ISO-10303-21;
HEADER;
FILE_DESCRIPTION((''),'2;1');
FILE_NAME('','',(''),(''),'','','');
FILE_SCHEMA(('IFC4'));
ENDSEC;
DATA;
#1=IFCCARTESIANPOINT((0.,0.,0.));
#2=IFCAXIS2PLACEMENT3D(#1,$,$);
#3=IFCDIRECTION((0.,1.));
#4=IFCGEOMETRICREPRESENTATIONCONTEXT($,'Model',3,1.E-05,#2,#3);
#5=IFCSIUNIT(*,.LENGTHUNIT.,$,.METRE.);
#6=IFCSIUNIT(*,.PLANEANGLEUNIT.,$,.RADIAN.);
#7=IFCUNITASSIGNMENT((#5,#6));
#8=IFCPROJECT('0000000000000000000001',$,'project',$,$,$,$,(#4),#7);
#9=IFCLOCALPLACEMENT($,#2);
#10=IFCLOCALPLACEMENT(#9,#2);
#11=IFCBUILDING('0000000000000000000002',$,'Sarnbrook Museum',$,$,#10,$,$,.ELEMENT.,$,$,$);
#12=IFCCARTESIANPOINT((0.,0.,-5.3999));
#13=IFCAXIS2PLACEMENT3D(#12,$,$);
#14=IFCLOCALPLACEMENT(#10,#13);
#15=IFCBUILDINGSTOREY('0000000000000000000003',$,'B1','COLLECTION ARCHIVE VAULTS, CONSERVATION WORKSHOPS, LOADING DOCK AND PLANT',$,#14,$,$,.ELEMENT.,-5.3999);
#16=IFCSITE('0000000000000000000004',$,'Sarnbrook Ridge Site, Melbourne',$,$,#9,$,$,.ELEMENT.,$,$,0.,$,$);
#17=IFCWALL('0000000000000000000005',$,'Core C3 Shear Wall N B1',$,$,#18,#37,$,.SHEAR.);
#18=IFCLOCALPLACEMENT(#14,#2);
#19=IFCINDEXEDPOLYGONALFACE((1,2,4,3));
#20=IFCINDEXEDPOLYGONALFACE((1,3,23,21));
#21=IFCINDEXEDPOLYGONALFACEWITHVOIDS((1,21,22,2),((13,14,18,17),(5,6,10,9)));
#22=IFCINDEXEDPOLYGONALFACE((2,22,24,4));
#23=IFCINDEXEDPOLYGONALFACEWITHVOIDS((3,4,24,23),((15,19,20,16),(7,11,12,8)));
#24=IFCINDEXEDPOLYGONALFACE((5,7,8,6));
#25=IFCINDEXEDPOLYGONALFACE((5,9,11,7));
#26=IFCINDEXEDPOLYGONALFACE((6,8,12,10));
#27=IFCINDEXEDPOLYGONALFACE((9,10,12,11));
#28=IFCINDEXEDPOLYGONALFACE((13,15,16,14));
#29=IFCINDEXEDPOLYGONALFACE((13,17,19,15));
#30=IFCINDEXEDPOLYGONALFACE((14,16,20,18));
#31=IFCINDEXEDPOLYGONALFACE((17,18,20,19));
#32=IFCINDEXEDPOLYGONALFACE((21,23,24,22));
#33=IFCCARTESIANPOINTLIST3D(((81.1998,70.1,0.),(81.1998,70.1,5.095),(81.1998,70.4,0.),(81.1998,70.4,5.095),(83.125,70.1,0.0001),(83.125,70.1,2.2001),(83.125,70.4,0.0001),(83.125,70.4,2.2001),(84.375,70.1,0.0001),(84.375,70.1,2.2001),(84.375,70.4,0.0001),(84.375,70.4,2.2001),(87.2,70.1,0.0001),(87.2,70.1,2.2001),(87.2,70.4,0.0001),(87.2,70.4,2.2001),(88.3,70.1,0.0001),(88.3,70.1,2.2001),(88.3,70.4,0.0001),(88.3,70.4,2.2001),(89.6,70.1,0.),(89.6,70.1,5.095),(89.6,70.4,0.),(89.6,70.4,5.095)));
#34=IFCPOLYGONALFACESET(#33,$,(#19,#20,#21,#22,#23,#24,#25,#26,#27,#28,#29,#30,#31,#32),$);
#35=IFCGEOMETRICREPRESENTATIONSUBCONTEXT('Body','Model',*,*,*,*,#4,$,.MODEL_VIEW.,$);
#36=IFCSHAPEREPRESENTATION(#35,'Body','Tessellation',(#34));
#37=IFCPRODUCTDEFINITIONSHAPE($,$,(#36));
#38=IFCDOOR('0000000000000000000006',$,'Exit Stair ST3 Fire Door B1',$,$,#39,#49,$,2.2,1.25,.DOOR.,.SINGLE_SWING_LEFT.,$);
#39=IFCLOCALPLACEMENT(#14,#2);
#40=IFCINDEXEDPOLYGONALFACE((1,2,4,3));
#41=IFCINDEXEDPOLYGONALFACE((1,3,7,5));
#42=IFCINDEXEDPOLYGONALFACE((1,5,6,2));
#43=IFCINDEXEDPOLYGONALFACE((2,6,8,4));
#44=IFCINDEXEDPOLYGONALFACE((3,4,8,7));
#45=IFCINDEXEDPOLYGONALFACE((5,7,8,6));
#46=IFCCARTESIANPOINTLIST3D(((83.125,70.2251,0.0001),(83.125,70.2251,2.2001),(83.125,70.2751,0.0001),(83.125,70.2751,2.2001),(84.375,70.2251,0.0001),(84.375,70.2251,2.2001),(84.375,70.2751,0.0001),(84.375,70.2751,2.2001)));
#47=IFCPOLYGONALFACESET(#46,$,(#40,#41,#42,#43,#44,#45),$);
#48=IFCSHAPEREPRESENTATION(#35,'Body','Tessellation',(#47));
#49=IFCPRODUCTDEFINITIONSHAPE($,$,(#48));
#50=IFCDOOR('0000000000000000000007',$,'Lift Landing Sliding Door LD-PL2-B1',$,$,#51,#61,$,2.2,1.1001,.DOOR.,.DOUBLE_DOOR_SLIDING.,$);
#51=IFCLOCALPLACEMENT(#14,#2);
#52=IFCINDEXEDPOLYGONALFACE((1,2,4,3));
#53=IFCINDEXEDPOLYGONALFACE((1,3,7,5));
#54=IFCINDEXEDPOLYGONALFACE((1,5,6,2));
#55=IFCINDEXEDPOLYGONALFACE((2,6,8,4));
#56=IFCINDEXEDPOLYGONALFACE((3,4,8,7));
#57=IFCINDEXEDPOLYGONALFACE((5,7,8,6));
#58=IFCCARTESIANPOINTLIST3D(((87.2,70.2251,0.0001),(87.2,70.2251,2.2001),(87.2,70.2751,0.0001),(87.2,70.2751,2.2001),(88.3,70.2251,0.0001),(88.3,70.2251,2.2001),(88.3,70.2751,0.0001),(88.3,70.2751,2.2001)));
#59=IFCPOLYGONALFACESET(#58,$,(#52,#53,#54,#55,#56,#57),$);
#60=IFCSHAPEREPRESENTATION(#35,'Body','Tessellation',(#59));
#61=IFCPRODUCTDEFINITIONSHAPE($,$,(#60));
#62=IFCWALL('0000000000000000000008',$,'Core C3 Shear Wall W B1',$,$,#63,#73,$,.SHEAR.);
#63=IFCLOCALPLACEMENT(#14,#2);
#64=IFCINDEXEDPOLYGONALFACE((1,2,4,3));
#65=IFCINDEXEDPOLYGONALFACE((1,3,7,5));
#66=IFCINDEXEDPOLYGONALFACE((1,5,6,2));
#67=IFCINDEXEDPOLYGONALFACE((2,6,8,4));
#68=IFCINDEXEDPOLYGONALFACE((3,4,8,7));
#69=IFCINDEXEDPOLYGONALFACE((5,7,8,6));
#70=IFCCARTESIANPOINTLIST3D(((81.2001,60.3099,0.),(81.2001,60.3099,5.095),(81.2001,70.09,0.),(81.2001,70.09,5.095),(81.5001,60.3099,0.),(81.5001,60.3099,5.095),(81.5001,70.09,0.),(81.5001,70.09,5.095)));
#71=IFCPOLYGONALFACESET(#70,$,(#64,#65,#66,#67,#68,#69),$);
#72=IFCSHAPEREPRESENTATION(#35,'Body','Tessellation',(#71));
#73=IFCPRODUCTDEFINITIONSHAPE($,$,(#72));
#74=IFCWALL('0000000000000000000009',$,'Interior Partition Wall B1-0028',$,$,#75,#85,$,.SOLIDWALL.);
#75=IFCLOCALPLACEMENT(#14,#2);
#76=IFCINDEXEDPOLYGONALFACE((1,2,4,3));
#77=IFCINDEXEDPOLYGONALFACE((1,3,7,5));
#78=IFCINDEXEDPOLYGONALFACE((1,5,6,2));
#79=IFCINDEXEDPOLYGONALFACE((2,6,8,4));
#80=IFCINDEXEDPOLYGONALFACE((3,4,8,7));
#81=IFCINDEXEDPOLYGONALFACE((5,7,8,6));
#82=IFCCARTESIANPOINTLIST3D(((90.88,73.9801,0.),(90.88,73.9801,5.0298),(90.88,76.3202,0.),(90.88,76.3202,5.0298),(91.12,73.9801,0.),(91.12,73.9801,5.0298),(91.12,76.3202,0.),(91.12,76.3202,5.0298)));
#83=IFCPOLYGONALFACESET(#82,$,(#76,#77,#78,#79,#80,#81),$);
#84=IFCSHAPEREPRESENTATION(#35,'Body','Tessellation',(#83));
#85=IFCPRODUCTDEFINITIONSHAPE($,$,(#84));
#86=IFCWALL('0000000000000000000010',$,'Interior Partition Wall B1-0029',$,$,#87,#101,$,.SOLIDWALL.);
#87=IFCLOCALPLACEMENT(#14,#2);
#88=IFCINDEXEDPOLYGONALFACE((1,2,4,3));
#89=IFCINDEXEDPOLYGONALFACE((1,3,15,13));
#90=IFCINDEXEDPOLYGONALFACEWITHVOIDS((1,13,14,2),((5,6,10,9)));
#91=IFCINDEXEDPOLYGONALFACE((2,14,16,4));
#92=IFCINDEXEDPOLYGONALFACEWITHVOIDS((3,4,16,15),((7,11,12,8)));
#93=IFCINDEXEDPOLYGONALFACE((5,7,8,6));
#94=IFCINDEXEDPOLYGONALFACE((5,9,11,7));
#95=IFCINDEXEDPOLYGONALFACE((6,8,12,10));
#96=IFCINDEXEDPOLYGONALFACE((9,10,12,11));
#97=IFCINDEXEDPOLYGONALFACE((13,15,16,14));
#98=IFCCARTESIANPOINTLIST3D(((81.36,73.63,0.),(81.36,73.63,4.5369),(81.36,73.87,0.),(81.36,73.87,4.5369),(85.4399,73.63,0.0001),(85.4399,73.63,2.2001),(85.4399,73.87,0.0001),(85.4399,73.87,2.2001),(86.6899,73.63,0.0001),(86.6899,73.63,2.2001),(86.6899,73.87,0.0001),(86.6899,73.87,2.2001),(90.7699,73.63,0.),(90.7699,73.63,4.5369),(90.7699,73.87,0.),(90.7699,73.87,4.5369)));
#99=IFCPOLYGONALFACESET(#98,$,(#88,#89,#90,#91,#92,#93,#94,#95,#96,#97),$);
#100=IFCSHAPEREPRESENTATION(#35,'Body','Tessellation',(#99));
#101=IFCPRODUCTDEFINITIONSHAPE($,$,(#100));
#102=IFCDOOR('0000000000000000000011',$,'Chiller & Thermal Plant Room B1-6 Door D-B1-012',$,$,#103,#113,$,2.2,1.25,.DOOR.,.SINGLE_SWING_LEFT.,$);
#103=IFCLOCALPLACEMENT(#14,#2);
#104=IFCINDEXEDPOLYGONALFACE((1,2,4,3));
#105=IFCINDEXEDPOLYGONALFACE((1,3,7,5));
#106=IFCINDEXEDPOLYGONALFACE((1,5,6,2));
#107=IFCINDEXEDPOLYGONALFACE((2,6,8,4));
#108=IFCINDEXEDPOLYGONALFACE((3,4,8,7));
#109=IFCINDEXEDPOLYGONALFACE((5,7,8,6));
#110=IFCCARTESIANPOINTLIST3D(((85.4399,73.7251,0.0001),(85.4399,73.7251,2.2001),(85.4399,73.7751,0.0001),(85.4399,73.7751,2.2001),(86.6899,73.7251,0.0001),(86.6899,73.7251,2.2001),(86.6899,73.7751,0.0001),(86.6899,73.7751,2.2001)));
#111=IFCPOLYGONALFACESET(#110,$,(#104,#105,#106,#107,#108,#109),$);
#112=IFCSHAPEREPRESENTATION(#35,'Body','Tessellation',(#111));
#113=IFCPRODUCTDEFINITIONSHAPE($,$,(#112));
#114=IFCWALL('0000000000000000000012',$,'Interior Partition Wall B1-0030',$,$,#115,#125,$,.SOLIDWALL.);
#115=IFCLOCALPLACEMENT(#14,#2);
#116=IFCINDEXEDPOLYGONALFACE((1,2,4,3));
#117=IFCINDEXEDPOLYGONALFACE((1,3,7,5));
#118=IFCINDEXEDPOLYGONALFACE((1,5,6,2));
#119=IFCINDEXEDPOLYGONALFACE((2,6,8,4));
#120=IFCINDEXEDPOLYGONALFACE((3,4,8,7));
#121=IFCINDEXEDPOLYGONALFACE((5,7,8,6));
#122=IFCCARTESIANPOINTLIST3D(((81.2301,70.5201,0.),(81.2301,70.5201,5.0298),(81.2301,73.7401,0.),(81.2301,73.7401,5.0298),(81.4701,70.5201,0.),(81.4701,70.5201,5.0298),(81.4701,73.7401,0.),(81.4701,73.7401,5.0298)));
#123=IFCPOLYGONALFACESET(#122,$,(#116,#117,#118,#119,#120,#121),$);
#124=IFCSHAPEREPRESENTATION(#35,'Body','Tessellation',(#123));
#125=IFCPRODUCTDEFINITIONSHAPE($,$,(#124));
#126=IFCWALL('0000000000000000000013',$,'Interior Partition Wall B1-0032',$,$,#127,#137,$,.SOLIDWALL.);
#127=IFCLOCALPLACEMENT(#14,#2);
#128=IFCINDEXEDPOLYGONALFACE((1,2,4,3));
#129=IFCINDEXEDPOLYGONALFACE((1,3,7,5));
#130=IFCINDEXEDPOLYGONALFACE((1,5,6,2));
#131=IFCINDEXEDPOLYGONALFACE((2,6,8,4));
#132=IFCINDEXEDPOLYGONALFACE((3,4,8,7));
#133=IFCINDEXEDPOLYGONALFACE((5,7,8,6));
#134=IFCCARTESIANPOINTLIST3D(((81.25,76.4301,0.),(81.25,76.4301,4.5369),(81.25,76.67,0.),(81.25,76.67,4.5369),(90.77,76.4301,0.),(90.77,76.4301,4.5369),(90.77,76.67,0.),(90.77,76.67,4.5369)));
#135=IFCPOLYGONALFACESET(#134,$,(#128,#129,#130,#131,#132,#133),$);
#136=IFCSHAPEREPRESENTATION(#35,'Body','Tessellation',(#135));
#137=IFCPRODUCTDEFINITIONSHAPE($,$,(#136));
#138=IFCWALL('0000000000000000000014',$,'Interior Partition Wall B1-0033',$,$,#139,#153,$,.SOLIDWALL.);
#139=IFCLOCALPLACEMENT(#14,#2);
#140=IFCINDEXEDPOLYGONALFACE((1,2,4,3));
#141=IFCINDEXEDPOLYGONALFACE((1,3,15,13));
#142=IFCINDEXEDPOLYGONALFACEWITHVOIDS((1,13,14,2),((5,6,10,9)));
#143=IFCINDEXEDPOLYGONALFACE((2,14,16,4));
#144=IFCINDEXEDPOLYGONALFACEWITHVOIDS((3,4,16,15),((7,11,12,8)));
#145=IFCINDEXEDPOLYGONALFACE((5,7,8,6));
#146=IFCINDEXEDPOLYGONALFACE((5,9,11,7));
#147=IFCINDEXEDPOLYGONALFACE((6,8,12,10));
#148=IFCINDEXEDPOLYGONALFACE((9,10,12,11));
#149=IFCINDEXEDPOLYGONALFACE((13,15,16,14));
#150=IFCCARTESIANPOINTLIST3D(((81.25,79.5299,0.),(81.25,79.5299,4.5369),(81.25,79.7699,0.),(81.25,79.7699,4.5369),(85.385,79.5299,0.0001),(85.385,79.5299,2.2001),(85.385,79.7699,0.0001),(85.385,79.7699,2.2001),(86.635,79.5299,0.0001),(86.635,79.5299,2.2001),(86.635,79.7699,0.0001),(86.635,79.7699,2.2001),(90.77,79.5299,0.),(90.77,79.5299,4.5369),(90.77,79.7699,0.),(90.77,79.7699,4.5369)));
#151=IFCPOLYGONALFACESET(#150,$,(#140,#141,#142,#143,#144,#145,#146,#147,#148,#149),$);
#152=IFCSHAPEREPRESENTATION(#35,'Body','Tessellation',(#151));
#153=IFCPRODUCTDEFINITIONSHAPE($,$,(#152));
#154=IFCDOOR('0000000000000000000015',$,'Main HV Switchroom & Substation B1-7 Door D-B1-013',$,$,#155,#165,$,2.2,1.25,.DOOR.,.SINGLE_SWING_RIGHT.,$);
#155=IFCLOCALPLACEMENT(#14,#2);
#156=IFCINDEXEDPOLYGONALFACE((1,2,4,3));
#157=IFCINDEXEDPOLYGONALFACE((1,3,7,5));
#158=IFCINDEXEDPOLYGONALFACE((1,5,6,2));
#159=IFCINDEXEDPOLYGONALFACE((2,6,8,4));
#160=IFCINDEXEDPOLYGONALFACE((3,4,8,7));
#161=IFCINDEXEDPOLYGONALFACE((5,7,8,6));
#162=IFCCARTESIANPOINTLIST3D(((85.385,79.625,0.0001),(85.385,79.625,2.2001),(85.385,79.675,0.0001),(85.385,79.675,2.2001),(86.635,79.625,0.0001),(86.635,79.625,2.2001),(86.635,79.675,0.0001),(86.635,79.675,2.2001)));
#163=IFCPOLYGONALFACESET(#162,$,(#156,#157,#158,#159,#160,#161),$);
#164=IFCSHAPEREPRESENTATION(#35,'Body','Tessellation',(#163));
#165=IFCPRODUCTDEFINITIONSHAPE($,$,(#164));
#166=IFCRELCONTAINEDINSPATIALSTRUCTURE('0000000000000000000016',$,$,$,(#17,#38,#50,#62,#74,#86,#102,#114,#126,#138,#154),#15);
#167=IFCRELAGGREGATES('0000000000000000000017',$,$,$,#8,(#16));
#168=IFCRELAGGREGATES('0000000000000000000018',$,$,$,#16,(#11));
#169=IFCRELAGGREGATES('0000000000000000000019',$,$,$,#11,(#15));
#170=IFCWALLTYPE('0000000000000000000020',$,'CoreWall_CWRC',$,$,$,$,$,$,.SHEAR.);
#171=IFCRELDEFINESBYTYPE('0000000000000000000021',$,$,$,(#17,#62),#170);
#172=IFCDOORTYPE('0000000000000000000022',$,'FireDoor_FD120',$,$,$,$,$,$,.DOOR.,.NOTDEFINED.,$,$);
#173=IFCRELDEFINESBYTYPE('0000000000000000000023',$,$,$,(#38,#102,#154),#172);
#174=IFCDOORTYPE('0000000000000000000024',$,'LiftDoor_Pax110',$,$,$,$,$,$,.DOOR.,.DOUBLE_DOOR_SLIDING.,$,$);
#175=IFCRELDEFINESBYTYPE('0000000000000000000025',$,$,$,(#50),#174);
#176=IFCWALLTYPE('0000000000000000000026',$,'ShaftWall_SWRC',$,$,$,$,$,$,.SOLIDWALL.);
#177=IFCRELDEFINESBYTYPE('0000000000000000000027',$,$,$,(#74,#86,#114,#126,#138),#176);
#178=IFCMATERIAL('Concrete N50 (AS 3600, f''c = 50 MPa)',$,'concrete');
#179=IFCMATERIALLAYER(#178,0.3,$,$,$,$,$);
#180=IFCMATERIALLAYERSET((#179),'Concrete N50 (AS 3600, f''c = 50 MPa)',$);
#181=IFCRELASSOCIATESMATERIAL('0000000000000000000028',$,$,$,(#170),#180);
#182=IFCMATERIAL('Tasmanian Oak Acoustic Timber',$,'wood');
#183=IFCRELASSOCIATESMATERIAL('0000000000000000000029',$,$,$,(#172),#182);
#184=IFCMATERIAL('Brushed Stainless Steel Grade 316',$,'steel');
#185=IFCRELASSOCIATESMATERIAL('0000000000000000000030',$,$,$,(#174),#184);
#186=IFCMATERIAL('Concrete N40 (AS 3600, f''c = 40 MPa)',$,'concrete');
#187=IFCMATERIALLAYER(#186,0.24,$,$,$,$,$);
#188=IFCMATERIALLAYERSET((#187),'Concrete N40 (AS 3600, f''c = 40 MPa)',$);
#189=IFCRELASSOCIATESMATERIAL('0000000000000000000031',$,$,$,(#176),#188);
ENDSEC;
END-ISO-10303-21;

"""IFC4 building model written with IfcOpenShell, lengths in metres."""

from ifc_helpers import new_model, si_unit, direction, frame, frame_2d, origin, place, context, subcontext, project, spatial, rectangle, extrude, material, layer, layer_set, type_object, element, fill, save


model = new_model("IFC4")

# Units and contexts
model_context = context("Model", 3, precision=1e-05, world=origin(), true_north=direction((0.0, 1.0)))
body_context = subcontext(model_context, "Body", "Model", "MODEL_VIEW")
ifc_project = project(units=[si_unit("LENGTHUNIT", "METRE"), si_unit("PLANEANGLEUNIT", "RADIAN")], contexts=[model_context])

# Site, building, storey
site_placement = place(None, origin())
site = spatial("IfcSite", under=ifc_project, at=site_placement, Name="Sarnbrook Ridge Site, Melbourne", CompositionType="ELEMENT", RefElevation=0.0)
building_placement = place(site_placement, origin())
building = spatial("IfcBuilding", under=site, at=building_placement, Name="Sarnbrook Museum", CompositionType="ELEMENT")
storey_placement = place(building_placement, frame((0.0, 0.0, -5.3999)))
storey = spatial("IfcBuildingStorey", under=building, at=storey_placement, Name="B1", Description="COLLECTION ARCHIVE VAULTS, CONSERVATION WORKSHOPS, LOADING DOCK AND PLANT", CompositionType="ELEMENT", Elevation=-5.3999)

# Shared definitions
ifc_material_1 = material(Name="Concrete N50 (AS 3600, f'c = 50 MPa)", Category="concrete")

# Shared definitions
ifc_material_2 = material(Name="Concrete N40 (AS 3600, f'c = 40 MPa)", Category="concrete")

# Wall, openings, doors
ifc_layer_1 = layer(ifc_material_1, 0.3)
ifc_layer_set_1 = layer_set([ifc_layer_1], Name="Concrete N50 (AS 3600, f'c = 50 MPa)")
wall_type_1 = type_object("IfcWallType", Name="CoreWall_CWRC", PredefinedType="SHEAR", material=ifc_layer_set_1)
wall_1_placement = place(storey_placement, frame((89.6001, 70.25, 0.0), z_axis=(0.0, 0.0, 1.0), x_axis=(-1.0, 0.0, 0.0)))
wall_1 = element("IfcWall", 1, at=wall_1_placement, inside=storey, type_object=wall_type_1, Name="Core C3 Shear Wall N B1", PredefinedType="SHEAR", context=body_context, shape_type="SweptSolid", body=[
    extrude(rectangle(XDim=8.4001, YDim=0.3, at=frame_2d((4.2002, 0.0))), origin(), (0.0, 0.0, 1.0), 5.095),
])
opening_1_placement = place(wall_1_placement, frame((5.2251, 0.0, 0.0)))
opening_1 = element("IfcOpeningElement", 2, at=opening_1_placement, cuts=wall_1, PredefinedType="OPENING", context=body_context, shape_type="SweptSolid", body=[
    extrude(rectangle(XDim=1.25, YDim=2.2, at=frame_2d((0.625, 1.1001))), frame((0.0, 0.1602, 0.0), z_axis=(0.0, -1.0, 0.0), x_axis=(1.0, 0.0, 0.0)), (0.0, 0.0, 1.0), 0.3201),
])
opening_2_placement = place(wall_1_placement, frame((1.3, 0.0, 0.0)))
opening_2 = element("IfcOpeningElement", 3, at=opening_2_placement, cuts=wall_1, PredefinedType="OPENING", context=body_context, shape_type="SweptSolid", body=[
    extrude(rectangle(XDim=1.1001, YDim=2.2, at=frame_2d((0.55, 1.1001))), frame((0.0, 0.1602, 0.0), z_axis=(0.0, -1.0, 0.0), x_axis=(1.0, 0.0, 0.0)), (0.0, 0.0, 1.0), 0.3201),
])
ifc_material_3 = material(Name="Tasmanian Oak Acoustic Timber", Category="wood")
door_type_1 = type_object("IfcDoorType", Name="FireDoor_FD120", OperationType="NOTDEFINED", PredefinedType="DOOR", material=ifc_material_3)
door_1_placement = place(opening_1_placement, origin())
door_1 = element("IfcDoor", 4, at=door_1_placement, inside=storey, type_object=door_type_1, Name="Exit Stair ST3 Fire Door B1", OperationType="SINGLE_SWING_LEFT", OverallHeight=2.2, OverallWidth=1.25, PredefinedType="DOOR", context=body_context, shape_type="SweptSolid", body=[
    extrude(rectangle(XDim=1.25, YDim=2.2, at=frame_2d((0.625, 1.1001))), frame((0.0, 0.0249, 0.0), z_axis=(0.0, -1.0, 0.0), x_axis=(1.0, 0.0, 0.0)), (0.0, 0.0, 1.0), 0.05),
])
fill(opening_1, door_1)
ifc_material_4 = material(Name="Brushed Stainless Steel Grade 316", Category="steel")
door_type_2 = type_object("IfcDoorType", Name="LiftDoor_Pax110", OperationType="DOUBLE_DOOR_SLIDING", PredefinedType="DOOR", material=ifc_material_4)
door_2_placement = place(opening_2_placement, origin())
door_2 = element("IfcDoor", 5, at=door_2_placement, inside=storey, type_object=door_type_2, Name="Lift Landing Sliding Door LD-PL2-B1", OperationType="DOUBLE_DOOR_SLIDING", OverallHeight=2.2, OverallWidth=1.1001, PredefinedType="DOOR", context=body_context, shape_type="SweptSolid", body=[
    extrude(rectangle(XDim=1.1001, YDim=2.2, at=frame_2d((0.55, 1.1001))), frame((0.0, 0.0249, 0.0), z_axis=(0.0, -1.0, 0.0), x_axis=(1.0, 0.0, 0.0)), (0.0, 0.0, 1.0), 0.05),
])
fill(opening_2, door_2)

# Walls
wall_2_placement = place(storey_placement, frame((81.3501, 70.0901, 0.0), z_axis=(0.0, 0.0, 1.0), x_axis=(0.0, -1.0, 0.0)))
element("IfcWall", 6, at=wall_2_placement, inside=storey, type_object=wall_type_1, Name="Core C3 Shear Wall W B1", PredefinedType="SHEAR", context=body_context, shape_type="SweptSolid", body=[
    extrude(rectangle(XDim=9.78, YDim=0.3, at=frame_2d((4.8901, 0.0))), origin(), (0.0, 0.0, 1.0), 5.095),
])
ifc_layer_2 = layer(ifc_material_2, 0.24)
ifc_layer_set_2 = layer_set([ifc_layer_2], Name="Concrete N40 (AS 3600, f'c = 40 MPa)")
wall_type_2 = type_object("IfcWallType", Name="ShaftWall_SWRC", PredefinedType="SOLIDWALL", material=ifc_layer_set_2)
wall_3_placement = place(storey_placement, frame((91.0, 76.3201, 0.0), z_axis=(0.0, 0.0, 1.0), x_axis=(0.0, -1.0, 0.0)))
element("IfcWall", 7, at=wall_3_placement, inside=storey, type_object=wall_type_2, Name="Interior Partition Wall B1-0028", PredefinedType="SOLIDWALL", context=body_context, shape_type="SweptSolid", body=[
    extrude(rectangle(XDim=2.3401, YDim=0.24, at=frame_2d((1.1699, 0.0))), origin(), (0.0, 0.0, 1.0), 5.0298),
])

# Wall, opening, door
wall_4_placement = place(storey_placement, frame((90.77, 73.75, 0.0), z_axis=(0.0, 0.0, 1.0), x_axis=(-1.0, 0.0, 0.0)))
wall_4 = element("IfcWall", 8, at=wall_4_placement, inside=storey, type_object=wall_type_2, Name="Interior Partition Wall B1-0029", PredefinedType="SOLIDWALL", context=body_context, shape_type="SweptSolid", body=[
    extrude(rectangle(XDim=9.4099, YDim=0.24, at=frame_2d((4.7051, 0.0))), origin(), (0.0, 0.0, 1.0), 4.5369),
])
opening_3_placement = place(wall_4_placement, frame((4.0801, 0.0, 0.0)))
opening_3 = element("IfcOpeningElement", 9, at=opening_3_placement, cuts=wall_4, PredefinedType="OPENING", context=body_context, shape_type="SweptSolid", body=[
    extrude(rectangle(XDim=1.25, YDim=2.2, at=frame_2d((0.625, 1.1001))), frame((0.0, 0.1299, 0.0), z_axis=(0.0, -1.0, 0.0), x_axis=(1.0, 0.0, 0.0)), (0.0, 0.0, 1.0), 0.26),
])
door_3_placement = place(opening_3_placement, origin())
door_3 = element("IfcDoor", 10, at=door_3_placement, inside=storey, type_object=door_type_1, Name="Chiller & Thermal Plant Room B1-6 Door D-B1-012", OperationType="SINGLE_SWING_LEFT", OverallHeight=2.2, OverallWidth=1.25, PredefinedType="DOOR", context=body_context, shape_type="SweptSolid", body=[
    extrude(rectangle(XDim=1.25, YDim=2.2, at=frame_2d((0.625, 1.1001))), frame((0.0, 0.0249, 0.0), z_axis=(0.0, -1.0, 0.0), x_axis=(1.0, 0.0, 0.0)), (0.0, 0.0, 1.0), 0.05),
])
fill(opening_3, door_3)

# Walls
wall_5_placement = place(storey_placement, frame((81.3501, 73.74, 0.0), z_axis=(0.0, 0.0, 1.0), x_axis=(0.0, -1.0, 0.0)))
element("IfcWall", 11, at=wall_5_placement, inside=storey, type_object=wall_type_2, Name="Interior Partition Wall B1-0030", PredefinedType="SOLIDWALL", context=body_context, shape_type="SweptSolid", body=[
    extrude(rectangle(XDim=3.22, YDim=0.24, at=frame_2d((1.6099, 0.0))), origin(), (0.0, 0.0, 1.0), 5.0298),
])
wall_6_placement = place(storey_placement, frame((81.25, 76.55, 0.0), z_axis=(0.0, 0.0, 1.0), x_axis=(1.0, 0.0, 0.0)))
element("IfcWall", 12, at=wall_6_placement, inside=storey, type_object=wall_type_2, Name="Interior Partition Wall B1-0032", PredefinedType="SOLIDWALL", context=body_context, shape_type="SweptSolid", body=[
    extrude(rectangle(XDim=9.52, YDim=0.24, at=frame_2d((4.76, 0.0))), origin(), (0.0, 0.0, 1.0), 4.5369),
])

# Wall, opening, door
wall_7_placement = place(storey_placement, frame((90.77, 79.6499, 0.0), z_axis=(0.0, 0.0, 1.0), x_axis=(-1.0, 0.0, 0.0)))
wall_7 = element("IfcWall", 13, at=wall_7_placement, inside=storey, type_object=wall_type_2, Name="Interior Partition Wall B1-0033", PredefinedType="SOLIDWALL", context=body_context, shape_type="SweptSolid", body=[
    extrude(rectangle(XDim=9.52, YDim=0.24, at=frame_2d((4.76, 0.0))), origin(), (0.0, 0.0, 1.0), 4.5369),
])
opening_4_placement = place(wall_7_placement, frame((4.135, 0.0, 0.0)))
opening_4 = element("IfcOpeningElement", 14, at=opening_4_placement, cuts=wall_7, PredefinedType="OPENING", context=body_context, shape_type="SweptSolid", body=[
    extrude(rectangle(XDim=1.25, YDim=2.2, at=frame_2d((0.625, 1.1001))), frame((0.0, 0.1299, 0.0), z_axis=(0.0, -1.0, 0.0), x_axis=(1.0, 0.0, 0.0)), (0.0, 0.0, 1.0), 0.26),
])
door_4_placement = place(opening_4_placement, origin())
door_4 = element("IfcDoor", 15, at=door_4_placement, inside=storey, type_object=door_type_1, Name="Main HV Switchroom & Substation B1-7 Door D-B1-013", OperationType="SINGLE_SWING_RIGHT", OverallHeight=2.2, OverallWidth=1.25, PredefinedType="DOOR", context=body_context, shape_type="SweptSolid", body=[
    extrude(rectangle(XDim=1.25, YDim=2.2, at=frame_2d((0.625, 1.1001))), frame((0.0, 0.0249, 0.0), z_axis=(0.0, -1.0, 0.0), x_axis=(1.0, 0.0, 0.0)), (0.0, 0.0, 1.0), 0.05),
])
fill(opening_4, door_4)

save(model, "model.ifc")
